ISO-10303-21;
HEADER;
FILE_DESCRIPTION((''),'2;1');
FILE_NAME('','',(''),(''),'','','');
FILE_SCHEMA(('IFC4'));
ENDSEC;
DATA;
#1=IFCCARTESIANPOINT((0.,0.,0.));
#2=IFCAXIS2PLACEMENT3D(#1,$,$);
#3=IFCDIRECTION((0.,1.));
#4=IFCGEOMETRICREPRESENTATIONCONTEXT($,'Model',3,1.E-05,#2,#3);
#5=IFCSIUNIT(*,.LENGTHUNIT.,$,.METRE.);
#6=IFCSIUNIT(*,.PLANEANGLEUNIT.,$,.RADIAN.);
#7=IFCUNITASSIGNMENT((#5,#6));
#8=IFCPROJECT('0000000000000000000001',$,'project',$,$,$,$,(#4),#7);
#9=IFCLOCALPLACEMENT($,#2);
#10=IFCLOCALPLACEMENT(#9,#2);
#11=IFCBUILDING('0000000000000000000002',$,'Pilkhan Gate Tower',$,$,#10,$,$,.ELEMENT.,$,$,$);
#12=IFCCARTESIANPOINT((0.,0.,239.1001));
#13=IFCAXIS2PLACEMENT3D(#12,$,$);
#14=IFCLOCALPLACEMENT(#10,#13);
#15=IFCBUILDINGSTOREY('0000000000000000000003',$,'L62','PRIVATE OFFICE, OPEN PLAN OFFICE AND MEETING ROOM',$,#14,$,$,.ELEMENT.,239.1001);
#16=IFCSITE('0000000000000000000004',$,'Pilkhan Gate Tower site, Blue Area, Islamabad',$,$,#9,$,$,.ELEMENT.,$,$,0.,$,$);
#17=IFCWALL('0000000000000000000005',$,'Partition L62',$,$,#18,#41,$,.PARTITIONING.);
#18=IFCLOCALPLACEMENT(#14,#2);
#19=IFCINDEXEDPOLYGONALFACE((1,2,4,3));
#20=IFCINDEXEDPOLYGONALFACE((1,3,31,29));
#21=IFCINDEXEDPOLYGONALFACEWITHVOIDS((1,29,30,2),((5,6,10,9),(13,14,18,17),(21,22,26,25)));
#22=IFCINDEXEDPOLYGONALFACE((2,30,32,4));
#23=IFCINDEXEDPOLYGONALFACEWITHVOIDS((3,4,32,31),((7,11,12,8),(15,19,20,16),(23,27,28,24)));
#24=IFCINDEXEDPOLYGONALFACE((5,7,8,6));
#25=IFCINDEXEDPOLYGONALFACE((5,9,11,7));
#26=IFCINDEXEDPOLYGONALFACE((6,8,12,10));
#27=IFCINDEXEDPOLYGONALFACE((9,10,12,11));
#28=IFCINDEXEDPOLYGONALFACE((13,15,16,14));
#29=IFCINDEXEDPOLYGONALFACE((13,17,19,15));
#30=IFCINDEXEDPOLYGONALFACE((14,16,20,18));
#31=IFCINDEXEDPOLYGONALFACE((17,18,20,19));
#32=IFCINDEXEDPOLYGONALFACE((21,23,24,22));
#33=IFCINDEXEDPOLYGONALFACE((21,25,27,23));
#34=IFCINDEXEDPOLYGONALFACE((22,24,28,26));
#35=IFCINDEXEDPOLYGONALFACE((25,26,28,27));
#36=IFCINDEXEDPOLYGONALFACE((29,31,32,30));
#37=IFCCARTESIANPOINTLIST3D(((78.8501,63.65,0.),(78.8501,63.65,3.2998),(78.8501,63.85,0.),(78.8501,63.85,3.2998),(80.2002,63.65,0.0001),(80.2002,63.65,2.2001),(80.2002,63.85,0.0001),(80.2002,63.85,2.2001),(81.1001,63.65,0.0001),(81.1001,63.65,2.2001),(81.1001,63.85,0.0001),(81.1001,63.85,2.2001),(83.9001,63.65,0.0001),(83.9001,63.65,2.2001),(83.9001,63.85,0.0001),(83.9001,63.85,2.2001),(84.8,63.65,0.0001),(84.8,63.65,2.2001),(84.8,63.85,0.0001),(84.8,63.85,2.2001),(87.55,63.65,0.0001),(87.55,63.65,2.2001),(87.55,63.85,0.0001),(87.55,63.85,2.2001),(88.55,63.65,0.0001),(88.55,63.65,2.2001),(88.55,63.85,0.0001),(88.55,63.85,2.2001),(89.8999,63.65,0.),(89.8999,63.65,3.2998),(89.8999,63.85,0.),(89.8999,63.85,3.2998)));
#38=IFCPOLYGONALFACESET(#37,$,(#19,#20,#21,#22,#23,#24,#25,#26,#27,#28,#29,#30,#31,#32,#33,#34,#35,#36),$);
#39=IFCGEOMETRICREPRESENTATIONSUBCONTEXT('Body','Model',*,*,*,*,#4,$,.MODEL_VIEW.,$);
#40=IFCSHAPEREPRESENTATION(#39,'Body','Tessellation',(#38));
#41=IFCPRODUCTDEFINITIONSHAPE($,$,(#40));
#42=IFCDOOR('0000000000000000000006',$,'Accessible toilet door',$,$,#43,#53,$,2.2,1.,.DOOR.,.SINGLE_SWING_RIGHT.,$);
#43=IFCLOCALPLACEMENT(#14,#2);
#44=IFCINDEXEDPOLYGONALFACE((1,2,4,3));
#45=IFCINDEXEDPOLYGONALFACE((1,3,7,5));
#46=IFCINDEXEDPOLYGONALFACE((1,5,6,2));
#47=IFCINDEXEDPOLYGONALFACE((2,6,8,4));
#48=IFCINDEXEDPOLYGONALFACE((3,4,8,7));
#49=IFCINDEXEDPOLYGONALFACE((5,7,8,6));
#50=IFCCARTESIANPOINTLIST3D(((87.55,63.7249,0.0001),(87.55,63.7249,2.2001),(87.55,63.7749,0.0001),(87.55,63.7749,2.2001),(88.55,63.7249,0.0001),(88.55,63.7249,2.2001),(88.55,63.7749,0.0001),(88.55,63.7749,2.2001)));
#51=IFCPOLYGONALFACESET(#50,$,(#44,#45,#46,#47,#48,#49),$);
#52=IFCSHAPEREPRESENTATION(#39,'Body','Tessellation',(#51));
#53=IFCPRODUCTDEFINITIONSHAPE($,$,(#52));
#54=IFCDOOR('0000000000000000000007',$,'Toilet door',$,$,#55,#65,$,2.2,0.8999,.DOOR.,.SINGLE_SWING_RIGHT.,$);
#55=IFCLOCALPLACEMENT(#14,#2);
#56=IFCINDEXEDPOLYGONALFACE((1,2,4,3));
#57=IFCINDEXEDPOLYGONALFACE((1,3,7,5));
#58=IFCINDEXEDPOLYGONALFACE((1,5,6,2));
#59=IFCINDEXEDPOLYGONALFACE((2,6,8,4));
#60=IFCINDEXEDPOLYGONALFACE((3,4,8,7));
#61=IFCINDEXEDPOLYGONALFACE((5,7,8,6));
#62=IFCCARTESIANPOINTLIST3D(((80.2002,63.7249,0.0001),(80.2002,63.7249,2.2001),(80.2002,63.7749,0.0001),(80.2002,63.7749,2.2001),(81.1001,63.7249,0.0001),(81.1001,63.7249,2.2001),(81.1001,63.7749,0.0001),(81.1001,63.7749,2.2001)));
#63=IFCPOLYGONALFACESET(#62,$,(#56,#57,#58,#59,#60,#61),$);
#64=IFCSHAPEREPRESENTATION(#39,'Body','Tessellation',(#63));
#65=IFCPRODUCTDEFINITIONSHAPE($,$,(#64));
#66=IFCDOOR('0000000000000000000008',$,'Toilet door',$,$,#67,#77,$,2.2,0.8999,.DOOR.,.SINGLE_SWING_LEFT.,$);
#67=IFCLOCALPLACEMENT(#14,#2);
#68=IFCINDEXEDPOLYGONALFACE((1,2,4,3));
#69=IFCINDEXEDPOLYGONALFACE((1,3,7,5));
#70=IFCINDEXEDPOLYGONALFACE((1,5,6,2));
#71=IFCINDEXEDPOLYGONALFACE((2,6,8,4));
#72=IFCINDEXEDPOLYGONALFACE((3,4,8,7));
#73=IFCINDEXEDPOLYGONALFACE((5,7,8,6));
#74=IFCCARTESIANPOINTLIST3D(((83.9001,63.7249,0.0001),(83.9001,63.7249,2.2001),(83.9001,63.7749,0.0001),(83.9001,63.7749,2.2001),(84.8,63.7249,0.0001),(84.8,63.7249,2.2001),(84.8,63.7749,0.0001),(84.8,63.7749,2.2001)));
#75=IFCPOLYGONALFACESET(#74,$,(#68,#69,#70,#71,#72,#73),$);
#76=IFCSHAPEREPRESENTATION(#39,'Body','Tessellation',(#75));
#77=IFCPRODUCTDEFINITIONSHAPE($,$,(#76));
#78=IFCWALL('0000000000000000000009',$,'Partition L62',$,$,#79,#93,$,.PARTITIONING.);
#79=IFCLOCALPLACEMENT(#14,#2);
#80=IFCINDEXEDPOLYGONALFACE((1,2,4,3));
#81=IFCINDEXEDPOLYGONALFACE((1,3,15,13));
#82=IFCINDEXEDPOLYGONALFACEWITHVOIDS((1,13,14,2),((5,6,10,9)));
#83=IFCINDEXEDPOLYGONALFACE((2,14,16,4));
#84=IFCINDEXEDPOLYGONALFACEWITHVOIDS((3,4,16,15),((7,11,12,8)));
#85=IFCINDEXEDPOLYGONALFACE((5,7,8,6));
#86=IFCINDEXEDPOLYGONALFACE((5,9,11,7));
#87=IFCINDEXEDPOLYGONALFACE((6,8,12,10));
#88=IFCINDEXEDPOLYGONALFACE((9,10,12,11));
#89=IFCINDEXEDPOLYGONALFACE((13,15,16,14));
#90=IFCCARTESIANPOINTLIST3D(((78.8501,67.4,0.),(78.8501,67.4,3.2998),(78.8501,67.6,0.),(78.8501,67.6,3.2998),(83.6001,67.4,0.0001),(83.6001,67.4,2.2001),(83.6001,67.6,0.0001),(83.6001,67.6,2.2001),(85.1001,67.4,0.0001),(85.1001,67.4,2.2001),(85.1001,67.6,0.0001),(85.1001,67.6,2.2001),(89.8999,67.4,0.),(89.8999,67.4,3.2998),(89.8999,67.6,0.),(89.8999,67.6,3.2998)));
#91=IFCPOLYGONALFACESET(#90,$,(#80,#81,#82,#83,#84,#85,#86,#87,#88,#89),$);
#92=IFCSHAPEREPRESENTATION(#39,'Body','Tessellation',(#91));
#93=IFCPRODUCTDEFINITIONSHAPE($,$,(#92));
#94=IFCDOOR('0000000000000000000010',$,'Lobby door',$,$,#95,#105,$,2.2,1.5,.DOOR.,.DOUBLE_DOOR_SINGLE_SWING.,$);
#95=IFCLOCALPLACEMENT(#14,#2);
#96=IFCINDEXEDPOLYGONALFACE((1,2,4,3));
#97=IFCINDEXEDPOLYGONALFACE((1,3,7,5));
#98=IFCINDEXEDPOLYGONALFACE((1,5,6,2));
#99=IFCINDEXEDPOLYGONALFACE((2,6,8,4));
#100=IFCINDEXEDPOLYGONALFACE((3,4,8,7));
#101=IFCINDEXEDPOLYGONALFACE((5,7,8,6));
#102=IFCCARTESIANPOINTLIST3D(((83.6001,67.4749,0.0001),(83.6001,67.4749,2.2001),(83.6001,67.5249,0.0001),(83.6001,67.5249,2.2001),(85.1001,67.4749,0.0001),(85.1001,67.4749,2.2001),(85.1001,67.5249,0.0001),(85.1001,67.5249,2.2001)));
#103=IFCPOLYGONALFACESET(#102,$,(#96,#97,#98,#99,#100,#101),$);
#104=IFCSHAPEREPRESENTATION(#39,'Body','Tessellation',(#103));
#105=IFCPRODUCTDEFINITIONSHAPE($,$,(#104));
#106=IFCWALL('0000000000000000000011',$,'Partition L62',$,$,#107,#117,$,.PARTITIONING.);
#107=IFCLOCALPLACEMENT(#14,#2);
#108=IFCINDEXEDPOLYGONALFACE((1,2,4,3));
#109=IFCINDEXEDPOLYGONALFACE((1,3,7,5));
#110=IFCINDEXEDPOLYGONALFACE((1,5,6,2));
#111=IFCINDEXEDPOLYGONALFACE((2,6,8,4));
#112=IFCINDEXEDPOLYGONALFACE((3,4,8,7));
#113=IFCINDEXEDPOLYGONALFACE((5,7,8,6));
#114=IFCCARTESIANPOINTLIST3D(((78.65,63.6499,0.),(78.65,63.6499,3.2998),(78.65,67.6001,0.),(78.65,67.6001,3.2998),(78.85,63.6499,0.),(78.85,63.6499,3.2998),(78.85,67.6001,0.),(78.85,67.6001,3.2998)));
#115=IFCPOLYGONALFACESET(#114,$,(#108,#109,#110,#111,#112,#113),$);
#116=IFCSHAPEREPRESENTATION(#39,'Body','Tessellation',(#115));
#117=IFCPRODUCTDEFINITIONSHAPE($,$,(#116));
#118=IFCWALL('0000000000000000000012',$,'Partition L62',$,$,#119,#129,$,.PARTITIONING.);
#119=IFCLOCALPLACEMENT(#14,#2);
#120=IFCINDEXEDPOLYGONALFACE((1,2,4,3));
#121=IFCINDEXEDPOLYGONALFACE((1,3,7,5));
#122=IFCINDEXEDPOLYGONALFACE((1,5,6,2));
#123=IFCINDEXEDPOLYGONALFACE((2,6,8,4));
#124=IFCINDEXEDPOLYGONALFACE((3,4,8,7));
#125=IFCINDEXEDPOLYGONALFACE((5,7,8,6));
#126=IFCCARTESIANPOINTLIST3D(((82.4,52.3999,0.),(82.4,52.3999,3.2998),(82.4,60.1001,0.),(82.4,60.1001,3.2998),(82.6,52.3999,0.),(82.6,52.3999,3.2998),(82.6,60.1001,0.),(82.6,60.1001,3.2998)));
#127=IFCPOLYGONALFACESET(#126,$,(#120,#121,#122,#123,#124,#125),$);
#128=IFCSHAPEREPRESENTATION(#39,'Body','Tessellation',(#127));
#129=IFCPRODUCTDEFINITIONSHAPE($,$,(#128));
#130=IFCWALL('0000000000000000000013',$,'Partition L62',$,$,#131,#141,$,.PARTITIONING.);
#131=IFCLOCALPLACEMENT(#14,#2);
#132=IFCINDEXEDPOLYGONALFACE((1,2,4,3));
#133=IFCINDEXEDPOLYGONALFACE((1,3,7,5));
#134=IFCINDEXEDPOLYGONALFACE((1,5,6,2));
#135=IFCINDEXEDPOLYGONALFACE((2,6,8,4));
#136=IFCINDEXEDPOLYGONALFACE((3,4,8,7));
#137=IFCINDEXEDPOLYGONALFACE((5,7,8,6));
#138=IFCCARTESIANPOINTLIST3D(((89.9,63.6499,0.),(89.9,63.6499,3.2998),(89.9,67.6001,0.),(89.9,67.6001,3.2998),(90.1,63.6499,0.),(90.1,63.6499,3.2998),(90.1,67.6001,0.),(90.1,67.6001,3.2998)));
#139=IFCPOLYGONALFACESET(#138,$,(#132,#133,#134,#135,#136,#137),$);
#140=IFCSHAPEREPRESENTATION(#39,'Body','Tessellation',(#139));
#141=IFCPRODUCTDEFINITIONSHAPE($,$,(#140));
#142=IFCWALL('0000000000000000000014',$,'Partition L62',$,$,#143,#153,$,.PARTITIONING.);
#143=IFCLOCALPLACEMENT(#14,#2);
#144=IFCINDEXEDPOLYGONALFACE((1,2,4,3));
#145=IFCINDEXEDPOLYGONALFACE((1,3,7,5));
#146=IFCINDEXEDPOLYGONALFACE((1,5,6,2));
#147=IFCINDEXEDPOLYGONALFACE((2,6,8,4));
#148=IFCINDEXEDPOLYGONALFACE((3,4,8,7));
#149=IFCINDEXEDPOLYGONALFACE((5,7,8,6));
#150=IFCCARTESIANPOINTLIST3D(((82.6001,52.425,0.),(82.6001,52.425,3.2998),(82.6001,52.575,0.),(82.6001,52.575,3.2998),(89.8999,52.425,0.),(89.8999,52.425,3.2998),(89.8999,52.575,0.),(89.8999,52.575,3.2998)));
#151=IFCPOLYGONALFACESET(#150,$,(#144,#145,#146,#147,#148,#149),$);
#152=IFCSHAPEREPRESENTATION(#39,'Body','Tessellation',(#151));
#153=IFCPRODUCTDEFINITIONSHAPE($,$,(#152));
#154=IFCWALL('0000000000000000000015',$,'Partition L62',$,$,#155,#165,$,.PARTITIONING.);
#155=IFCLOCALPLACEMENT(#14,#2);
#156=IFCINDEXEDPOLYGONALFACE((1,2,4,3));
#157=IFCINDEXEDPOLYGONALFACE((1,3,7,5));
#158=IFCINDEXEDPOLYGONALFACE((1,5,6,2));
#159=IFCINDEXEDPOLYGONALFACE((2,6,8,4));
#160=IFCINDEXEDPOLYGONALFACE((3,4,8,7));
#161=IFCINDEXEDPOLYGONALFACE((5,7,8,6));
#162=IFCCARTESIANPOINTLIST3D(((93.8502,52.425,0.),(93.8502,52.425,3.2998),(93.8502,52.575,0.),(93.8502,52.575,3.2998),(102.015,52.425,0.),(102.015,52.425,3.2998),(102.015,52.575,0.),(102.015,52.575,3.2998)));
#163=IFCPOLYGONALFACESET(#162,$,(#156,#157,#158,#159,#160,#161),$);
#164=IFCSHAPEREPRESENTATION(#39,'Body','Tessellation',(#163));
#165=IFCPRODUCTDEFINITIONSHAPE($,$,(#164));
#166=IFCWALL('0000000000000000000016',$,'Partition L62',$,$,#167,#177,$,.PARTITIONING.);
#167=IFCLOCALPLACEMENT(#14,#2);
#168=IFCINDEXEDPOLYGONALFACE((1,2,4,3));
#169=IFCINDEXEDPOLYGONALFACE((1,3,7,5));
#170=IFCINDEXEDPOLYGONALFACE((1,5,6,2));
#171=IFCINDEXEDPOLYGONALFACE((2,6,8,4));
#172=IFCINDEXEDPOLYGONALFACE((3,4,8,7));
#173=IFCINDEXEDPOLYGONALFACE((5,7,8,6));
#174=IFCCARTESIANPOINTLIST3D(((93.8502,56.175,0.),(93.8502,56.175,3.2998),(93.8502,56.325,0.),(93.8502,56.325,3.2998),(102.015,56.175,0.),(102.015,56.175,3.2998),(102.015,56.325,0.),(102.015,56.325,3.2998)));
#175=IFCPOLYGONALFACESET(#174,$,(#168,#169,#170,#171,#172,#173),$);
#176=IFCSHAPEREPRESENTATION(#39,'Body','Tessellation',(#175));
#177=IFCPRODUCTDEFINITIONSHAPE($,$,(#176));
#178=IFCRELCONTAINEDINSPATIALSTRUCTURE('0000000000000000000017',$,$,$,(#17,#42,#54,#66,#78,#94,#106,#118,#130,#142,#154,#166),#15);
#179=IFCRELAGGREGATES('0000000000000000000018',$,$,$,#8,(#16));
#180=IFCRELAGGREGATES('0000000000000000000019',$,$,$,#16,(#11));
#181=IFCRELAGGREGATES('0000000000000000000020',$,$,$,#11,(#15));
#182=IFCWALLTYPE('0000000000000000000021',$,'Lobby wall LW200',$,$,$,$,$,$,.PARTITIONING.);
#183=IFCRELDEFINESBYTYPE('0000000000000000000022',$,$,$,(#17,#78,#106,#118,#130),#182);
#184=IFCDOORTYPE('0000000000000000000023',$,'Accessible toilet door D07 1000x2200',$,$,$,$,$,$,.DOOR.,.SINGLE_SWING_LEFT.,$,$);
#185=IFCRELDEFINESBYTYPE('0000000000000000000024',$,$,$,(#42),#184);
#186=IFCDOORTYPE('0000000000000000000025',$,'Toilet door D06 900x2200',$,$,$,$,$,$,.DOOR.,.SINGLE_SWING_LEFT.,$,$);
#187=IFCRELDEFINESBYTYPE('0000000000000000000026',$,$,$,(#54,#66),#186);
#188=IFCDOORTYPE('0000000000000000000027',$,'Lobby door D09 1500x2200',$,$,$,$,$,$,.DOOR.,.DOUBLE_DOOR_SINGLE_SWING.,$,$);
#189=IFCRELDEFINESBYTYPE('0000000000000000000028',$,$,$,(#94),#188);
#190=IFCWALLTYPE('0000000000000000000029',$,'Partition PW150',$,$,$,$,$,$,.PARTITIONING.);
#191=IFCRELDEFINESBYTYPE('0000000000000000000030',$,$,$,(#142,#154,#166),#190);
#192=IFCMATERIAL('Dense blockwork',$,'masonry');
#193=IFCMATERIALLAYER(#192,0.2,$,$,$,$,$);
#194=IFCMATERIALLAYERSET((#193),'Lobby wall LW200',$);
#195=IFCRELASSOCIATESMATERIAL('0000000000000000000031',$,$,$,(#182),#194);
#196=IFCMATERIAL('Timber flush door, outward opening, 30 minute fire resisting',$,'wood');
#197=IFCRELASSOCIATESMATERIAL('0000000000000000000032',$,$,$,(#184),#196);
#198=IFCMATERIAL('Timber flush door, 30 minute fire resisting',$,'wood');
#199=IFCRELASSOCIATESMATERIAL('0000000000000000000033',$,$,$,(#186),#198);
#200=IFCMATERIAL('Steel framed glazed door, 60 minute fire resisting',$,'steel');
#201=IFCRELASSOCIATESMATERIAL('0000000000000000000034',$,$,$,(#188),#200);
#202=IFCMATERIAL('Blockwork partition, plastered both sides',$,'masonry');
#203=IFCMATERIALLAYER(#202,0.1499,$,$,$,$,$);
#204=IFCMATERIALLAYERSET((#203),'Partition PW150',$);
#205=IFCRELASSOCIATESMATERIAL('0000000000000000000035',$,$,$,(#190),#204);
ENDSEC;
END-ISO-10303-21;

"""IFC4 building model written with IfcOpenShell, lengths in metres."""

from ifc_helpers import new_model, si_unit, direction, frame, frame_2d, origin, place, context, subcontext, project, spatial, rectangle, extrude, material, layer, layer_set, type_object, element, fill, save


model = new_model("IFC4")

# Units and contexts
model_context = context("Model", 3, precision=1e-05, world=origin(), true_north=direction((0.0, 1.0)))
body_context = subcontext(model_context, "Body", "Model", "MODEL_VIEW")
ifc_project = project(units=[si_unit("LENGTHUNIT", "METRE"), si_unit("PLANEANGLEUNIT", "RADIAN")], contexts=[model_context])

# Site, building, storey
site_placement = place(None, origin())
site = spatial("IfcSite", under=ifc_project, at=site_placement, Name="Pilkhan Gate Tower site, Blue Area, Islamabad", CompositionType="ELEMENT", RefElevation=0.0)
building_placement = place(site_placement, origin())
building = spatial("IfcBuilding", under=site, at=building_placement, Name="Pilkhan Gate Tower", CompositionType="ELEMENT")
storey_placement = place(building_placement, frame((0.0, 0.0, 239.1001)))
storey = spatial("IfcBuildingStorey", under=building, at=storey_placement, Name="L62", Description="PRIVATE OFFICE, OPEN PLAN OFFICE AND MEETING ROOM", CompositionType="ELEMENT", Elevation=239.1001)

# Shared definitions
ifc_material_1 = material(Name="Dense blockwork", Category="masonry")
ifc_layer_1 = layer(ifc_material_1, 0.2)
ifc_layer_set_1 = layer_set([ifc_layer_1], Name="Lobby wall LW200")
wall_type_1 = type_object("IfcWallType", Name="Lobby wall LW200", PredefinedType="PARTITIONING", material=ifc_layer_set_1)

# Wall, openings, doors
wall_1_placement = place(storey_placement, frame((78.8501, 63.75, 0.0), z_axis=(0.0, 0.0, 1.0), x_axis=(1.0, 0.0, 0.0)))
wall_1 = element("IfcWall", 1, at=wall_1_placement, inside=storey, type_object=wall_type_1, Name="Partition L62", PredefinedType="PARTITIONING", context=body_context, shape_type="SweptSolid", body=[
    extrude(rectangle(XDim=11.0498, YDim=0.2, at=frame_2d((5.5249, 0.0))), origin(), (0.0, 0.0, 1.0), 3.2998),
])
opening_1_placement = place(wall_1_placement, frame((1.3501, 0.0, 0.0)))
opening_1 = element("IfcOpeningElement", 2, at=opening_1_placement, cuts=wall_1, PredefinedType="OPENING", context=body_context, shape_type="SweptSolid", body=[
    extrude(rectangle(XDim=0.8999, YDim=2.2, at=frame_2d((0.45, 1.1001))), frame((0.0, 0.1099, 0.0), z_axis=(0.0, -1.0, 0.0), x_axis=(1.0, 0.0, 0.0)), (0.0, 0.0, 1.0), 0.22),
])
opening_2_placement = place(wall_1_placement, frame((5.05, 0.0, 0.0)))
opening_2 = element("IfcOpeningElement", 3, at=opening_2_placement, cuts=wall_1, PredefinedType="OPENING", context=body_context, shape_type="SweptSolid", body=[
    extrude(rectangle(XDim=0.8999, YDim=2.2, at=frame_2d((0.45, 1.1001))), frame((0.0, 0.1099, 0.0), z_axis=(0.0, -1.0, 0.0), x_axis=(1.0, 0.0, 0.0)), (0.0, 0.0, 1.0), 0.22),
])
opening_3_placement = place(wall_1_placement, frame((8.7, 0.0, 0.0)))
opening_3 = element("IfcOpeningElement", 4, at=opening_3_placement, cuts=wall_1, PredefinedType="OPENING", context=body_context, shape_type="SweptSolid", body=[
    extrude(rectangle(XDim=1.0, YDim=2.2, at=frame_2d((0.5, 1.1001))), frame((0.0, 0.1099, 0.0), z_axis=(0.0, -1.0, 0.0), x_axis=(1.0, 0.0, 0.0)), (0.0, 0.0, 1.0), 0.22),
])
ifc_material_2 = material(Name="Timber flush door, outward opening, 30 minute fire resisting", Category="wood")
door_type_1 = type_object("IfcDoorType", Name="Accessible toilet door D07 1000x2200", OperationType="SINGLE_SWING_LEFT", PredefinedType="DOOR", material=ifc_material_2)
door_1_placement = place(opening_3_placement, origin())
door_1 = element("IfcDoor", 5, at=door_1_placement, inside=storey, type_object=door_type_1, Name="Accessible toilet door", OperationType="SINGLE_SWING_RIGHT", OverallHeight=2.2, OverallWidth=1.0, PredefinedType="DOOR", context=body_context, shape_type="SweptSolid", body=[
    extrude(rectangle(XDim=1.0, YDim=2.2, at=frame_2d((0.5, 1.1001))), frame((0.0, 0.0249, 0.0), z_axis=(0.0, -1.0, 0.0), x_axis=(1.0, 0.0, 0.0)), (0.0, 0.0, 1.0), 0.05),
])
fill(opening_3, door_1)
ifc_material_3 = material(Name="Timber flush door, 30 minute fire resisting", Category="wood")
door_type_2 = type_object("IfcDoorType", Name="Toilet door D06 900x2200", OperationType="SINGLE_SWING_LEFT", PredefinedType="DOOR", material=ifc_material_3)
door_2_placement = place(opening_1_placement, origin())
door_2 = element("IfcDoor", 6, at=door_2_placement, inside=storey, type_object=door_type_2, Name="Toilet door", OperationType="SINGLE_SWING_RIGHT", OverallHeight=2.2, OverallWidth=0.8999, PredefinedType="DOOR", context=body_context, shape_type="SweptSolid", body=[
    extrude(rectangle(XDim=0.8999, YDim=2.2, at=frame_2d((0.45, 1.1001))), frame((0.0, 0.0249, 0.0), z_axis=(0.0, -1.0, 0.0), x_axis=(1.0, 0.0, 0.0)), (0.0, 0.0, 1.0), 0.05),
])
fill(opening_1, door_2)
door_3_placement = place(opening_2_placement, origin())
door_3 = element("IfcDoor", 7, at=door_3_placement, inside=storey, type_object=door_type_2, Name="Toilet door", OperationType="SINGLE_SWING_LEFT", OverallHeight=2.2, OverallWidth=0.8999, PredefinedType="DOOR", context=body_context, shape_type="SweptSolid", body=[
    extrude(rectangle(XDim=0.8999, YDim=2.2, at=frame_2d((0.45, 1.1001))), frame((0.0, 0.0249, 0.0), z_axis=(0.0, -1.0, 0.0), x_axis=(1.0, 0.0, 0.0)), (0.0, 0.0, 1.0), 0.05),
])
fill(opening_2, door_3)

# Wall, opening, door
wall_2_placement = place(storey_placement, frame((78.8501, 67.5, 0.0), z_axis=(0.0, 0.0, 1.0), x_axis=(1.0, 0.0, 0.0)))
wall_2 = element("IfcWall", 8, at=wall_2_placement, inside=storey, type_object=wall_type_1, Name="Partition L62", PredefinedType="PARTITIONING", context=body_context, shape_type="SweptSolid", body=[
    extrude(rectangle(XDim=11.0498, YDim=0.2, at=frame_2d((5.5249, 0.0))), origin(), (0.0, 0.0, 1.0), 3.2998),
])
opening_4_placement = place(wall_2_placement, frame((4.75, 0.0, 0.0)))
opening_4 = element("IfcOpeningElement", 9, at=opening_4_placement, cuts=wall_2, PredefinedType="OPENING", context=body_context, shape_type="SweptSolid", body=[
    extrude(rectangle(XDim=1.5, YDim=2.2, at=frame_2d((0.75, 1.1001))), frame((0.0, 0.1099, 0.0), z_axis=(0.0, -1.0, 0.0), x_axis=(1.0, 0.0, 0.0)), (0.0, 0.0, 1.0), 0.22),
])
ifc_material_4 = material(Name="Steel framed glazed door, 60 minute fire resisting", Category="steel")
door_type_3 = type_object("IfcDoorType", Name="Lobby door D09 1500x2200", OperationType="DOUBLE_DOOR_SINGLE_SWING", PredefinedType="DOOR", material=ifc_material_4)
door_4_placement = place(opening_4_placement, origin())
door_4 = element("IfcDoor", 10, at=door_4_placement, inside=storey, type_object=door_type_3, Name="Lobby door", OperationType="DOUBLE_DOOR_SINGLE_SWING", OverallHeight=2.2, OverallWidth=1.5, PredefinedType="DOOR", context=body_context, shape_type="SweptSolid", body=[
    extrude(rectangle(XDim=1.5, YDim=2.2, at=frame_2d((0.75, 1.1001))), frame((0.0, 0.0249, 0.0), z_axis=(0.0, -1.0, 0.0), x_axis=(1.0, 0.0, 0.0)), (0.0, 0.0, 1.0), 0.05),
])
fill(opening_4, door_4)

# Walls
wall_3_placement = place(storey_placement, frame((78.75, 63.6499, 0.0), z_axis=(0.0, 0.0, 1.0), x_axis=(0.0, 1.0, 0.0)))
element("IfcWall", 11, at=wall_3_placement, inside=storey, type_object=wall_type_1, Name="Partition L62", PredefinedType="PARTITIONING", context=body_context, shape_type="SweptSolid", body=[
    extrude(rectangle(XDim=3.9502, YDim=0.2, at=frame_2d((1.9751, 0.0))), origin(), (0.0, 0.0, 1.0), 3.2998),
])
wall_4_placement = place(storey_placement, frame((82.5, 52.3999, 0.0), z_axis=(0.0, 0.0, 1.0), x_axis=(0.0, 1.0, 0.0)))
element("IfcWall", 12, at=wall_4_placement, inside=storey, type_object=wall_type_1, Name="Partition L62", PredefinedType="PARTITIONING", context=body_context, shape_type="SweptSolid", body=[
    extrude(rectangle(XDim=7.7002, YDim=0.2, at=frame_2d((3.8501, 0.0))), origin(), (0.0, 0.0, 1.0), 3.2998),
])
wall_5_placement = place(storey_placement, frame((90.0, 63.6499, 0.0), z_axis=(0.0, 0.0, 1.0), x_axis=(0.0, 1.0, 0.0)))
element("IfcWall", 13, at=wall_5_placement, inside=storey, type_object=wall_type_1, Name="Partition L62", PredefinedType="PARTITIONING", context=body_context, shape_type="SweptSolid", body=[
    extrude(rectangle(XDim=3.9502, YDim=0.2, at=frame_2d((1.9751, 0.0))), origin(), (0.0, 0.0, 1.0), 3.2998),
])
ifc_material_5 = material(Name="Blockwork partition, plastered both sides", Category="masonry")
ifc_layer_2 = layer(ifc_material_5, 0.1499)
ifc_layer_set_2 = layer_set([ifc_layer_2], Name="Partition PW150")
wall_type_2 = type_object("IfcWallType", Name="Partition PW150", PredefinedType="PARTITIONING", material=ifc_layer_set_2)
wall_6_placement = place(storey_placement, frame((82.6001, 52.5, 0.0), z_axis=(0.0, 0.0, 1.0), x_axis=(1.0, 0.0, 0.0)))
element("IfcWall", 14, at=wall_6_placement, inside=storey, type_object=wall_type_2, Name="Partition L62", PredefinedType="PARTITIONING", context=body_context, shape_type="SweptSolid", body=[
    extrude(rectangle(XDim=7.2998, YDim=0.1499, at=frame_2d((3.6499, 0.0))), origin(), (0.0, 0.0, 1.0), 3.2998),
])
for number, where, z_axis, x_axis, name in (
    (15, (93.8501, 52.5, 0.0), (0.0, 0.0, 1.0), (1.0, 0.0, 0.0), "Partition L62"),
    (16, (93.8501, 56.25, 0.0), (0.0, 0.0, 1.0), (1.0, 0.0, 0.0), "Partition L62"),
):
    element("IfcWall", number, at=place(storey_placement, frame(where, z_axis=z_axis, x_axis=x_axis)), inside=storey, type_object=wall_type_2, Name=name, PredefinedType="PARTITIONING", context=body_context, shape_type="SweptSolid", body=[
        extrude(rectangle(XDim=8.1648, YDim=0.1499, at=frame_2d((4.0825, 0.0))), origin(), (0.0, 0.0, 1.0), 3.2998),
    ])

save(model, "model.ifc")
